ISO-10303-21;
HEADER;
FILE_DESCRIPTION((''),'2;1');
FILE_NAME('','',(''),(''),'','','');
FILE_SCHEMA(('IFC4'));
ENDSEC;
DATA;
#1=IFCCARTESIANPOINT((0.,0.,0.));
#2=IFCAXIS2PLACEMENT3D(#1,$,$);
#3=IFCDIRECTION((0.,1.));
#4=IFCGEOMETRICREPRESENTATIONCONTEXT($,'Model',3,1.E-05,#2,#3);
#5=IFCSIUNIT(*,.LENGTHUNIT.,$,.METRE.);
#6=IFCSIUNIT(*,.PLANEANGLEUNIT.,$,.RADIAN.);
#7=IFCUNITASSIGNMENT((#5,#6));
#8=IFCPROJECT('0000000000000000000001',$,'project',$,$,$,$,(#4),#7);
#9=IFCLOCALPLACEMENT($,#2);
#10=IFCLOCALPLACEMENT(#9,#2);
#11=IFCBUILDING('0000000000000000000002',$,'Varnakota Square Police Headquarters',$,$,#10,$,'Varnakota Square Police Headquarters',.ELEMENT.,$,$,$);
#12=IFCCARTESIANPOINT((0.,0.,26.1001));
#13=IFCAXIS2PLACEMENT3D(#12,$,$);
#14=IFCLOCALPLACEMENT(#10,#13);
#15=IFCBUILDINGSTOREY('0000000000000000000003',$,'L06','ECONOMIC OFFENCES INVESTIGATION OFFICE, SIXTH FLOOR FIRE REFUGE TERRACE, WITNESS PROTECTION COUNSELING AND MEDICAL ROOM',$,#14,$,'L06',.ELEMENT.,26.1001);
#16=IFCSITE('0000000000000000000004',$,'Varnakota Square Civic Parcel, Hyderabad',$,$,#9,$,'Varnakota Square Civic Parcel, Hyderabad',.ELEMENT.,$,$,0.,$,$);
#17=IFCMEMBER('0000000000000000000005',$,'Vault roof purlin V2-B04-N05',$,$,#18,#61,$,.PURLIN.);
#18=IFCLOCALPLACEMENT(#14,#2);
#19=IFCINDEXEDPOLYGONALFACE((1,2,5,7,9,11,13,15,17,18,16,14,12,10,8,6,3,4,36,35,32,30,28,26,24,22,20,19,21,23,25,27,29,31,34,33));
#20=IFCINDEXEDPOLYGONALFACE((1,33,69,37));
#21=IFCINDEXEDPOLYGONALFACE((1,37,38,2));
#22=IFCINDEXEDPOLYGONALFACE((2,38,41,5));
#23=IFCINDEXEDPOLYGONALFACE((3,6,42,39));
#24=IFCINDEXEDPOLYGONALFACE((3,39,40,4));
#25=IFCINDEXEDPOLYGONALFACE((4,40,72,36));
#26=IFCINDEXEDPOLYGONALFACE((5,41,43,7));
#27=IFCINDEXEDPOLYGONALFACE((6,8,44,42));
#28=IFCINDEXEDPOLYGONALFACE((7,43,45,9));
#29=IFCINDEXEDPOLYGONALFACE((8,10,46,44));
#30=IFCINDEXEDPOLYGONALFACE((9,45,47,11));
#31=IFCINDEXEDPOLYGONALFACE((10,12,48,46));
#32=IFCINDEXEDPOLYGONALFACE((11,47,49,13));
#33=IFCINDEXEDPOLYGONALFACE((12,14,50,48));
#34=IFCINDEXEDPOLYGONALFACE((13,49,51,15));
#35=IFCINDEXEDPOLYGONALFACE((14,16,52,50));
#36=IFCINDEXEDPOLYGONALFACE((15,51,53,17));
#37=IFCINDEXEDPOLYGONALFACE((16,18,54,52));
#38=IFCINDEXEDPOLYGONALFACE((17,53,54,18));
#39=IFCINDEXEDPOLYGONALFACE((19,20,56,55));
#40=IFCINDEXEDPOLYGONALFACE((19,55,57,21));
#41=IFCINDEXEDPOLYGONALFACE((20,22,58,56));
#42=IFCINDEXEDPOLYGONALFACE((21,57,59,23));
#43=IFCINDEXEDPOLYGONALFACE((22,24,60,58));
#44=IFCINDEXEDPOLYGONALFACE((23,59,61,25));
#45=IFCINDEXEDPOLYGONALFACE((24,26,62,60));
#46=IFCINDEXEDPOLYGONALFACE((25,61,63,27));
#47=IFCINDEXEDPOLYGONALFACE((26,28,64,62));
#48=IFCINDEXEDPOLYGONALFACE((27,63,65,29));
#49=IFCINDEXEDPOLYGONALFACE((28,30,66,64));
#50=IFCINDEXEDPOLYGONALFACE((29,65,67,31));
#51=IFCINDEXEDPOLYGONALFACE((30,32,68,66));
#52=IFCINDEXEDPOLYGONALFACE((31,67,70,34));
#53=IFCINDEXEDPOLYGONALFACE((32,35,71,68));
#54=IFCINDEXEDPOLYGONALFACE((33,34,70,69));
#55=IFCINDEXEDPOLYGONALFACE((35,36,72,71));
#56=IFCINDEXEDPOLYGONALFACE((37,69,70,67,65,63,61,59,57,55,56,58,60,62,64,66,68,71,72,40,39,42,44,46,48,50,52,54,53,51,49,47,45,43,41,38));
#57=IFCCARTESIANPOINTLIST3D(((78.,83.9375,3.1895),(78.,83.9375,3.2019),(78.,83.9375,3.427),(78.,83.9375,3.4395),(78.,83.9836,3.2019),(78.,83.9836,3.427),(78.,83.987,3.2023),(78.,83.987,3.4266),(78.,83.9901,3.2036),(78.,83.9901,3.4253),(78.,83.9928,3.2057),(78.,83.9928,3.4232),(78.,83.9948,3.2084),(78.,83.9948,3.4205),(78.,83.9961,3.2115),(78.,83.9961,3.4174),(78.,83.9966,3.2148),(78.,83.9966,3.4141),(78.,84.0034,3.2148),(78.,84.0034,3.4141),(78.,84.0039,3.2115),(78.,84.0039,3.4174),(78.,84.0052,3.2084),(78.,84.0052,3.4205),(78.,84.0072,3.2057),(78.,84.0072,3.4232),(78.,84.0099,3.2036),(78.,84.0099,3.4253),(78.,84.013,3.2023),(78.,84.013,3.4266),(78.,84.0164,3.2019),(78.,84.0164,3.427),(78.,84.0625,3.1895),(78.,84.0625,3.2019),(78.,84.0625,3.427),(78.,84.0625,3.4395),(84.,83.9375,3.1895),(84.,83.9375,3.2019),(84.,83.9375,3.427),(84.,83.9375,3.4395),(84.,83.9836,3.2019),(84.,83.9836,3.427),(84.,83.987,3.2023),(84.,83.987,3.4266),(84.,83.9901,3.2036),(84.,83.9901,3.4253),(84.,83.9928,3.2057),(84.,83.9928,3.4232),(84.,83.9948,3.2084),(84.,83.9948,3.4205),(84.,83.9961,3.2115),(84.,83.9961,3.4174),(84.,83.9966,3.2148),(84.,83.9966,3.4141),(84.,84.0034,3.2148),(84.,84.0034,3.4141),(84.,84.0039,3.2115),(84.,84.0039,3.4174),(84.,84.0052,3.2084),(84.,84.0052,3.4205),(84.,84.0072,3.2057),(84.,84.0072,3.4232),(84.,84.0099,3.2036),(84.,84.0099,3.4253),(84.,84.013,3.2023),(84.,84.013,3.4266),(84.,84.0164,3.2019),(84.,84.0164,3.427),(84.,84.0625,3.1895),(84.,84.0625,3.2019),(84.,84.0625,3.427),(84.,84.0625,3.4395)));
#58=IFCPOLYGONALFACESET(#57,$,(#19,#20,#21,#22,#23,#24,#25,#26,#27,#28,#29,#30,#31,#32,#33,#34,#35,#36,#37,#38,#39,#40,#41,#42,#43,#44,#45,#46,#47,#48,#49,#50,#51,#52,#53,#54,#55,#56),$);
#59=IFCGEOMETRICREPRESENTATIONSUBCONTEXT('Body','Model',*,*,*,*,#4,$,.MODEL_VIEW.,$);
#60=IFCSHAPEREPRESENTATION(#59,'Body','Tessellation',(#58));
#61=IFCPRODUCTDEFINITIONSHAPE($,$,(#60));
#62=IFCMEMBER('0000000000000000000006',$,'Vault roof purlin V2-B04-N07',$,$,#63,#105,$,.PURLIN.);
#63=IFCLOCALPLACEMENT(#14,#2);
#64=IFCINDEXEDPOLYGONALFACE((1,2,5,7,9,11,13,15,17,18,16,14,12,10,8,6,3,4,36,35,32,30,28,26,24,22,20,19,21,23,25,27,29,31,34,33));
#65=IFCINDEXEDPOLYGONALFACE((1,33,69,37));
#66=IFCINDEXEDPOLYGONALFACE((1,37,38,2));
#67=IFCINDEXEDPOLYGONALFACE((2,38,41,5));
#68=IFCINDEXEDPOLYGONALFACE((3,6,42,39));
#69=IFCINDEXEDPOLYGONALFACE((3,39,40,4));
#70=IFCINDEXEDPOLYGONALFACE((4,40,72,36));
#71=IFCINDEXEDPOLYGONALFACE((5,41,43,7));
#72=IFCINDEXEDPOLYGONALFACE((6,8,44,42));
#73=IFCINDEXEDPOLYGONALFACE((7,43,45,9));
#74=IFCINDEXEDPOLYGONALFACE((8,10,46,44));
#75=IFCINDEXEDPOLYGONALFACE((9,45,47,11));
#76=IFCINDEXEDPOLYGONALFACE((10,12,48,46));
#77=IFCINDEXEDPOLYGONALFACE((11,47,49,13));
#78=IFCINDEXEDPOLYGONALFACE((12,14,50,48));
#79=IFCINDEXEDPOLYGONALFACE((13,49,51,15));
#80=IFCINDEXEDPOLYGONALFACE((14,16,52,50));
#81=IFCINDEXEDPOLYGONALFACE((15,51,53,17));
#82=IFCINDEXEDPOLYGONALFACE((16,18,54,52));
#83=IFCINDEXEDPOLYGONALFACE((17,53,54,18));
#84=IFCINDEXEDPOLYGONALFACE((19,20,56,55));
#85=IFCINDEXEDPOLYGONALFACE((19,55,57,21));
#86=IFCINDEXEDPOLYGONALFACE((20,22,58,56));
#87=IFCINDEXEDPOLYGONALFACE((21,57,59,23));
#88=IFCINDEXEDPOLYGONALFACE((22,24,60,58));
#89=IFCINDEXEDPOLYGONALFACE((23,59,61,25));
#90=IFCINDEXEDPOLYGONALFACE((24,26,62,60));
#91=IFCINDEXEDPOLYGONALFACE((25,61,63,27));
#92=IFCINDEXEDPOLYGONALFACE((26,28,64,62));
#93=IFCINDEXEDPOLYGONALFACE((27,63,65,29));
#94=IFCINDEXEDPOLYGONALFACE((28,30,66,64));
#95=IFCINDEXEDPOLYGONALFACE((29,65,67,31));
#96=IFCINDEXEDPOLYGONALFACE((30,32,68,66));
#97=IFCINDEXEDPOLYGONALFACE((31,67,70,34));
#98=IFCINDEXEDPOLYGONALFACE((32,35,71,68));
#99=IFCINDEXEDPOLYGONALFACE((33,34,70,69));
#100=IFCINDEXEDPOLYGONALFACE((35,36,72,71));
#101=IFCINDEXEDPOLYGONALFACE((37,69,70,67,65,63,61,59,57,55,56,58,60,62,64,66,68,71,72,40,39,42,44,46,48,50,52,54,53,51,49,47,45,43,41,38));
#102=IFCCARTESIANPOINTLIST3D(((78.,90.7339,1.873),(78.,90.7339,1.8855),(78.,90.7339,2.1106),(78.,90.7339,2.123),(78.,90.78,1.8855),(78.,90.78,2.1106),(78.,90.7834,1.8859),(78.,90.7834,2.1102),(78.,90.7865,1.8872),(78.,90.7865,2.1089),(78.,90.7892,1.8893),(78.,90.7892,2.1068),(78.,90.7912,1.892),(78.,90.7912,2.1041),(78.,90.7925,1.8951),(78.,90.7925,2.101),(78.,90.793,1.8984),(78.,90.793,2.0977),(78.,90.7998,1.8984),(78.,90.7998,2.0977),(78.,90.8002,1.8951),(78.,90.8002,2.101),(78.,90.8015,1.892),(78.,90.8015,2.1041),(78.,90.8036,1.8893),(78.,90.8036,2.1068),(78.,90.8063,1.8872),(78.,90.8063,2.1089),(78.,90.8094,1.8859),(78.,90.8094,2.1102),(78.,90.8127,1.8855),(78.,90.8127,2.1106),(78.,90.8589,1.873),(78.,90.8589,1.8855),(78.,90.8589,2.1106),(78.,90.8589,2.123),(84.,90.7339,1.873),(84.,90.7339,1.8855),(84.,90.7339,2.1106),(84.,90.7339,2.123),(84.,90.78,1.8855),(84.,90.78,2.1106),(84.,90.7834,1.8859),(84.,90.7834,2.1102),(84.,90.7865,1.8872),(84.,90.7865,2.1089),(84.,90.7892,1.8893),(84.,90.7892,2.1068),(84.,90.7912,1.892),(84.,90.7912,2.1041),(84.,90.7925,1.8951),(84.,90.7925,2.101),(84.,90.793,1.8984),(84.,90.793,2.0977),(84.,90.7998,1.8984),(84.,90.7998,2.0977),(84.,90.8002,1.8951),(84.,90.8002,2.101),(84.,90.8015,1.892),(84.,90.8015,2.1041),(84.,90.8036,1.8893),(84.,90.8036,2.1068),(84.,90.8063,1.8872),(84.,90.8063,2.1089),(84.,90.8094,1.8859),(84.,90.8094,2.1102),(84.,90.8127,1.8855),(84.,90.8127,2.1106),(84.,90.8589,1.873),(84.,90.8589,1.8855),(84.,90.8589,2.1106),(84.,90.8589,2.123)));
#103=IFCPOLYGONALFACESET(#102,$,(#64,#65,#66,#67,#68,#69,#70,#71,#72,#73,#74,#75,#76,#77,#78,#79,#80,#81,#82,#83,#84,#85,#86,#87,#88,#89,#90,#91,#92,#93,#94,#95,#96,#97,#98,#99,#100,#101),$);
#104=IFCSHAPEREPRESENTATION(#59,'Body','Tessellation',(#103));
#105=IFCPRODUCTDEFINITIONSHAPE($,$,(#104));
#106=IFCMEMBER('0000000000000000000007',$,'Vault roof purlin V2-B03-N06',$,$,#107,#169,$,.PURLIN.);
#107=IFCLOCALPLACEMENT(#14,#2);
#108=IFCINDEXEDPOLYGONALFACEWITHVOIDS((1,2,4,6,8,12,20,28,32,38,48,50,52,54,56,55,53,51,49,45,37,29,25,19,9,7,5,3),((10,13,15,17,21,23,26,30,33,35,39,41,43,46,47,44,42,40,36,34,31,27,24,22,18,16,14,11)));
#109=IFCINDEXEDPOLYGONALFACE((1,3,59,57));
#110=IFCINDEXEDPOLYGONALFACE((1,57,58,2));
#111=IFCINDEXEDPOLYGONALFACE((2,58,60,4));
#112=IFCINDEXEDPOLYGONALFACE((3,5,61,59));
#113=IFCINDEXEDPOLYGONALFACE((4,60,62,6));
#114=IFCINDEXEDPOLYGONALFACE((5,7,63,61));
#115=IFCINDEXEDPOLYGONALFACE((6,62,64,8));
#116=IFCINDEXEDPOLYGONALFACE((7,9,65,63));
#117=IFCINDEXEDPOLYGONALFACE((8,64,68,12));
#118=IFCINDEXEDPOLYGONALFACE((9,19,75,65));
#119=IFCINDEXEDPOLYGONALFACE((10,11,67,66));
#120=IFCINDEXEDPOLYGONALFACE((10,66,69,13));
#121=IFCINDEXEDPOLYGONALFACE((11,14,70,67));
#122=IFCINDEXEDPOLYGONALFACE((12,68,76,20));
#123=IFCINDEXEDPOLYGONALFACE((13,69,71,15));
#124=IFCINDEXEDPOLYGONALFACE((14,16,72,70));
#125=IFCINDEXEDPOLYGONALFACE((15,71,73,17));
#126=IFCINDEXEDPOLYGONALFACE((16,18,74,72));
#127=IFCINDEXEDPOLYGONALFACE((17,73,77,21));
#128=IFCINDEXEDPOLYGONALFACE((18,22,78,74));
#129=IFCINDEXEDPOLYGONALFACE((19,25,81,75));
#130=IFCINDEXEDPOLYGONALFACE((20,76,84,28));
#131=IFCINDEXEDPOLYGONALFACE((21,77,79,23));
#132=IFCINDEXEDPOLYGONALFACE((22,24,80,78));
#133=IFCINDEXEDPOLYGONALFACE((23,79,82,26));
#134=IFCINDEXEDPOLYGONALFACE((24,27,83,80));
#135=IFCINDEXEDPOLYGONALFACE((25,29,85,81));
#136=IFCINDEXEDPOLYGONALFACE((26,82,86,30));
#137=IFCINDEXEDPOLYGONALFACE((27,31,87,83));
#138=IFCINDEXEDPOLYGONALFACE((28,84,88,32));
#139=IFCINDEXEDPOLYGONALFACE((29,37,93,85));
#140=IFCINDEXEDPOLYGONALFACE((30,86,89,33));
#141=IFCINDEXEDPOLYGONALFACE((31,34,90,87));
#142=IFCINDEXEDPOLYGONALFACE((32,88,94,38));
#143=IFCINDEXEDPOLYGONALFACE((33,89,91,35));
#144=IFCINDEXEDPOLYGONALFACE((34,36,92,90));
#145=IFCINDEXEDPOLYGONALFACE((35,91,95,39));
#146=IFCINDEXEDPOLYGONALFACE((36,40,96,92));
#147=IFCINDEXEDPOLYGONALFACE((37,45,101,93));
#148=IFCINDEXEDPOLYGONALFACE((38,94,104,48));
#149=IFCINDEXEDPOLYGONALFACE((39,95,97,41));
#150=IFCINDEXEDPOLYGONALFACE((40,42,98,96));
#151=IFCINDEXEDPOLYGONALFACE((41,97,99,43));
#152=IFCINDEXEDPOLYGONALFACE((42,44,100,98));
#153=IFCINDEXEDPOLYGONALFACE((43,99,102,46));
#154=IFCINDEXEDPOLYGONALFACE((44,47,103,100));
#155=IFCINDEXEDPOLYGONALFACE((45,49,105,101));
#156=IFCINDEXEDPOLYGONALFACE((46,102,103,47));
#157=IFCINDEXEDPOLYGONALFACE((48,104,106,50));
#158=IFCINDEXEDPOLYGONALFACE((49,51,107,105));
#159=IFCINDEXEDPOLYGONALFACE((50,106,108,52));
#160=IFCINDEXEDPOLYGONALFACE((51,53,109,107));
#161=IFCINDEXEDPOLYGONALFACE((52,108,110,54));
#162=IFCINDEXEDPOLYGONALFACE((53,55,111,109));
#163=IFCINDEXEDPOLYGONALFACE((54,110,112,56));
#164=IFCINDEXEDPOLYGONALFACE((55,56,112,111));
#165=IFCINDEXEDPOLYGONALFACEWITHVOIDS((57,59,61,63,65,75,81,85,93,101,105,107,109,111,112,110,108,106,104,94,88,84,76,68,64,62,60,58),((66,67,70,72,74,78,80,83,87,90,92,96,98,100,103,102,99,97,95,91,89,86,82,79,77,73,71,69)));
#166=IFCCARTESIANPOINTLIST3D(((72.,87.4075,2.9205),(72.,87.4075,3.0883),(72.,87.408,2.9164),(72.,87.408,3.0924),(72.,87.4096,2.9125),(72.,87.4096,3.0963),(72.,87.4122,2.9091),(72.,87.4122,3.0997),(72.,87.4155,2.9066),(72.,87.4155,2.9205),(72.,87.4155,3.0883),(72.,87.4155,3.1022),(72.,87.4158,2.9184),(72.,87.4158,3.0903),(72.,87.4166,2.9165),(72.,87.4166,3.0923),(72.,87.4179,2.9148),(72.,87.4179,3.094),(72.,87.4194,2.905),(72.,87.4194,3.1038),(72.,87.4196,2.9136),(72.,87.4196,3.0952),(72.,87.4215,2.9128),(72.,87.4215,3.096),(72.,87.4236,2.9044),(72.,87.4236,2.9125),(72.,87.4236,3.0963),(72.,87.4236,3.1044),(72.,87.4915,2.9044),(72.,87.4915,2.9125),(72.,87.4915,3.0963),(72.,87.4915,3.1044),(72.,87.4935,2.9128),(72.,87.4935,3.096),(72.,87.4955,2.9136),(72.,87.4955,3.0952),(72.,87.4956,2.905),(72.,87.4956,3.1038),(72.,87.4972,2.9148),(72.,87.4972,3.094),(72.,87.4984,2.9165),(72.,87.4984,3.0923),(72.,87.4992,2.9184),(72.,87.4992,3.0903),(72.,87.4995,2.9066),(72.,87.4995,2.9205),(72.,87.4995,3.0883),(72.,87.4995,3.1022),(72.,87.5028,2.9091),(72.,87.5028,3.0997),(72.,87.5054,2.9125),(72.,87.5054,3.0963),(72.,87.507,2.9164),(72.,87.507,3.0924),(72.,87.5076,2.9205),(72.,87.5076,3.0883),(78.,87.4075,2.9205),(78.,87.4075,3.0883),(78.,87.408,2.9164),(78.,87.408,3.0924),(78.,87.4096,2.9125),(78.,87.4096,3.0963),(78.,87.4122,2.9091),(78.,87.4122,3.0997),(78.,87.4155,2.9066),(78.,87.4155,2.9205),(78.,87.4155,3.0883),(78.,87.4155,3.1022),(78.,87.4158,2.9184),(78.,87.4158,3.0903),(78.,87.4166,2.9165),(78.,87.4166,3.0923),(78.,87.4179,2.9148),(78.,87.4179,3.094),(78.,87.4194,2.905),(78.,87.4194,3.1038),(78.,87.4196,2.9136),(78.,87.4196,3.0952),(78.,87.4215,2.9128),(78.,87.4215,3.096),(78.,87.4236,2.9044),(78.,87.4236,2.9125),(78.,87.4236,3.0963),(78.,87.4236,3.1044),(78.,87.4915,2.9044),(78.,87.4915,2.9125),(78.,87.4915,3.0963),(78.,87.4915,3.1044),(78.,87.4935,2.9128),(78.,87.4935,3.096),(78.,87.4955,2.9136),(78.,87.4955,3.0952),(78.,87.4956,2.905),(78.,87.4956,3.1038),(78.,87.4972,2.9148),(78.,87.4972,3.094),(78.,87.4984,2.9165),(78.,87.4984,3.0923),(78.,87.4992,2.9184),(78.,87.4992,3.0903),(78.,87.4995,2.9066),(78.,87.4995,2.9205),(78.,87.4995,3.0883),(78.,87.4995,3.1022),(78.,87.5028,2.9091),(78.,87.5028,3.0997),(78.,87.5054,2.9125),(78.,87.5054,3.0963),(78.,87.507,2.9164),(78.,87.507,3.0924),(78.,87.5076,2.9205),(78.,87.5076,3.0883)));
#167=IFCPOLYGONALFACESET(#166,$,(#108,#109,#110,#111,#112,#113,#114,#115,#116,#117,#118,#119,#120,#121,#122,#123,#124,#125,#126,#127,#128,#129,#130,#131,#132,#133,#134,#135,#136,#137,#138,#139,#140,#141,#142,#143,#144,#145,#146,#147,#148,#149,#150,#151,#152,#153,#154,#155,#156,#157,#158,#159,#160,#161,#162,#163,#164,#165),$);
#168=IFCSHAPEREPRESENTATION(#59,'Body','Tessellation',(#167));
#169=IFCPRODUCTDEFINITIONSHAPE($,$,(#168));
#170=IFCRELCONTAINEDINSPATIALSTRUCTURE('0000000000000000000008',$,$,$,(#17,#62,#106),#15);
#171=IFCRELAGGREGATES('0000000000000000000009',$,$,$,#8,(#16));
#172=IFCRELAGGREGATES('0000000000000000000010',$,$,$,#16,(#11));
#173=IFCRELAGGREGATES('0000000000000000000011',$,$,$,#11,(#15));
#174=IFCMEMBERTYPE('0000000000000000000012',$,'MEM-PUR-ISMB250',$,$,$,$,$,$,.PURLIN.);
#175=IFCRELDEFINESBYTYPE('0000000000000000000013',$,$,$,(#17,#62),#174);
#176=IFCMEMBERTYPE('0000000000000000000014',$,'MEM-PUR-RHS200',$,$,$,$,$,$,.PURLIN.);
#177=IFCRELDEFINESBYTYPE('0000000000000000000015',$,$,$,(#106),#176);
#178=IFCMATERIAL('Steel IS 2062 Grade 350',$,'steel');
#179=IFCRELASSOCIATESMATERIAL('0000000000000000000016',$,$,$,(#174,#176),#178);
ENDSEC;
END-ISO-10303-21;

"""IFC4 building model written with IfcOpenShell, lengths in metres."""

from ifc_helpers import new_model, si_unit, direction, frame, origin, origin_2d, place, context, subcontext, project, spatial, hollow_rectangle, i_section, extrude, material, material_profile, profile_set, type_object, element, save


model = new_model("IFC4")

# Units and contexts
model_context = context("Model", 3, precision=1e-05, world=origin(), true_north=direction((0.0, 1.0)))
body_context = subcontext(model_context, "Body", "Model", "MODEL_VIEW")
ifc_project = project(units=[si_unit("LENGTHUNIT", "METRE"), si_unit("PLANEANGLEUNIT", "RADIAN")], contexts=[model_context])

# Site, building, storey
site_placement = place(None, origin())
site = spatial("IfcSite", under=ifc_project, at=site_placement, Name="Varnakota Square Civic Parcel, Hyderabad", LongName="Varnakota Square Civic Parcel, Hyderabad", CompositionType="ELEMENT", RefElevation=0.0)
building_placement = place(site_placement, origin())
building = spatial("IfcBuilding", under=site, at=building_placement, Name="Varnakota Square Police Headquarters", LongName="Varnakota Square Police Headquarters", CompositionType="ELEMENT")
storey_placement = place(building_placement, frame((0.0, 0.0, 26.1001)))
storey = spatial("IfcBuildingStorey", under=building, at=storey_placement, Name="L06", Description="ECONOMIC OFFENCES INVESTIGATION OFFICE, SIXTH FLOOR FIRE REFUGE TERRACE, WITNESS PROTECTION COUNSELING AND MEDICAL ROOM", LongName="L06", CompositionType="ELEMENT", Elevation=26.1001)

# Shared definitions
ifc_material_1 = material(Name="Steel IS 2062 Grade 350", Category="steel")

# Members
ifc_material_profile_1 = material_profile(ifc_material_1, i_section(OverallWidth=0.125, OverallDepth=0.25, WebThickness=0.0068, FlangeThickness=0.0125, FilletRadius=0.0129, at=origin_2d()), Name="ISMB 250")
ifc_profile_set_1 = profile_set([ifc_material_profile_1], Name="Steel IS 2062 Grade 350")
member_type_1 = type_object("IfcMemberType", Name="MEM-PUR-ISMB250", PredefinedType="PURLIN", material=ifc_profile_set_1)
for number, where, z_axis, x_axis, name in (
    (1, (78.0, 84.0, 3.3145), (1.0, 0.0, 0.0), (0.0, 1.0, 0.0), "Vault roof purlin V2-B04-N05"),
    (2, (78.0, 90.7964, 1.998), (1.0, 0.0, 0.0), (0.0, 1.0, 0.0), "Vault roof purlin V2-B04-N07"),
):
    element("IfcMember", number, at=place(storey_placement, frame(where, z_axis=z_axis, x_axis=x_axis)), inside=storey, type_object=member_type_1, Name=name, PredefinedType="PURLIN", context=body_context, shape_type="SweptSolid", body=[
        extrude(i_section(OverallWidth=0.125, OverallDepth=0.25, WebThickness=0.0068, FlangeThickness=0.0125, FilletRadius=0.0129, at=origin_2d()), origin(), (0.0, 0.0, 1.0), 6.0),
    ])
ifc_material_profile_2 = material_profile(ifc_material_1, hollow_rectangle(XDim=0.1001, YDim=0.2, WallThickness=0.0081, InnerFilletRadius=0.0081, OuterFilletRadius=0.0161, at=origin_2d()), Name="RHS 200x100x8")
ifc_profile_set_2 = profile_set([ifc_material_profile_2], Name="Steel IS 2062 Grade 350")
member_type_2 = type_object("IfcMemberType", Name="MEM-PUR-RHS200", PredefinedType="PURLIN", material=ifc_profile_set_2)
for number, where, z_axis, x_axis, name in (
    (3, (72.0, 87.4575, 3.0044), (1.0, 0.0, 0.0), (0.0, 1.0, 0.0), "Vault roof purlin V2-B03-N06"),
):
    element("IfcMember", number, at=place(storey_placement, frame(where, z_axis=z_axis, x_axis=x_axis)), inside=storey, type_object=member_type_2, Name=name, PredefinedType="PURLIN", context=body_context, shape_type="SweptSolid", body=[
        extrude(hollow_rectangle(XDim=0.1001, YDim=0.2, WallThickness=0.0081, InnerFilletRadius=0.0081, OuterFilletRadius=0.0161, at=origin_2d()), origin(), (0.0, 0.0, 1.0), 6.0),
    ])

save(model, "model.ifc")
